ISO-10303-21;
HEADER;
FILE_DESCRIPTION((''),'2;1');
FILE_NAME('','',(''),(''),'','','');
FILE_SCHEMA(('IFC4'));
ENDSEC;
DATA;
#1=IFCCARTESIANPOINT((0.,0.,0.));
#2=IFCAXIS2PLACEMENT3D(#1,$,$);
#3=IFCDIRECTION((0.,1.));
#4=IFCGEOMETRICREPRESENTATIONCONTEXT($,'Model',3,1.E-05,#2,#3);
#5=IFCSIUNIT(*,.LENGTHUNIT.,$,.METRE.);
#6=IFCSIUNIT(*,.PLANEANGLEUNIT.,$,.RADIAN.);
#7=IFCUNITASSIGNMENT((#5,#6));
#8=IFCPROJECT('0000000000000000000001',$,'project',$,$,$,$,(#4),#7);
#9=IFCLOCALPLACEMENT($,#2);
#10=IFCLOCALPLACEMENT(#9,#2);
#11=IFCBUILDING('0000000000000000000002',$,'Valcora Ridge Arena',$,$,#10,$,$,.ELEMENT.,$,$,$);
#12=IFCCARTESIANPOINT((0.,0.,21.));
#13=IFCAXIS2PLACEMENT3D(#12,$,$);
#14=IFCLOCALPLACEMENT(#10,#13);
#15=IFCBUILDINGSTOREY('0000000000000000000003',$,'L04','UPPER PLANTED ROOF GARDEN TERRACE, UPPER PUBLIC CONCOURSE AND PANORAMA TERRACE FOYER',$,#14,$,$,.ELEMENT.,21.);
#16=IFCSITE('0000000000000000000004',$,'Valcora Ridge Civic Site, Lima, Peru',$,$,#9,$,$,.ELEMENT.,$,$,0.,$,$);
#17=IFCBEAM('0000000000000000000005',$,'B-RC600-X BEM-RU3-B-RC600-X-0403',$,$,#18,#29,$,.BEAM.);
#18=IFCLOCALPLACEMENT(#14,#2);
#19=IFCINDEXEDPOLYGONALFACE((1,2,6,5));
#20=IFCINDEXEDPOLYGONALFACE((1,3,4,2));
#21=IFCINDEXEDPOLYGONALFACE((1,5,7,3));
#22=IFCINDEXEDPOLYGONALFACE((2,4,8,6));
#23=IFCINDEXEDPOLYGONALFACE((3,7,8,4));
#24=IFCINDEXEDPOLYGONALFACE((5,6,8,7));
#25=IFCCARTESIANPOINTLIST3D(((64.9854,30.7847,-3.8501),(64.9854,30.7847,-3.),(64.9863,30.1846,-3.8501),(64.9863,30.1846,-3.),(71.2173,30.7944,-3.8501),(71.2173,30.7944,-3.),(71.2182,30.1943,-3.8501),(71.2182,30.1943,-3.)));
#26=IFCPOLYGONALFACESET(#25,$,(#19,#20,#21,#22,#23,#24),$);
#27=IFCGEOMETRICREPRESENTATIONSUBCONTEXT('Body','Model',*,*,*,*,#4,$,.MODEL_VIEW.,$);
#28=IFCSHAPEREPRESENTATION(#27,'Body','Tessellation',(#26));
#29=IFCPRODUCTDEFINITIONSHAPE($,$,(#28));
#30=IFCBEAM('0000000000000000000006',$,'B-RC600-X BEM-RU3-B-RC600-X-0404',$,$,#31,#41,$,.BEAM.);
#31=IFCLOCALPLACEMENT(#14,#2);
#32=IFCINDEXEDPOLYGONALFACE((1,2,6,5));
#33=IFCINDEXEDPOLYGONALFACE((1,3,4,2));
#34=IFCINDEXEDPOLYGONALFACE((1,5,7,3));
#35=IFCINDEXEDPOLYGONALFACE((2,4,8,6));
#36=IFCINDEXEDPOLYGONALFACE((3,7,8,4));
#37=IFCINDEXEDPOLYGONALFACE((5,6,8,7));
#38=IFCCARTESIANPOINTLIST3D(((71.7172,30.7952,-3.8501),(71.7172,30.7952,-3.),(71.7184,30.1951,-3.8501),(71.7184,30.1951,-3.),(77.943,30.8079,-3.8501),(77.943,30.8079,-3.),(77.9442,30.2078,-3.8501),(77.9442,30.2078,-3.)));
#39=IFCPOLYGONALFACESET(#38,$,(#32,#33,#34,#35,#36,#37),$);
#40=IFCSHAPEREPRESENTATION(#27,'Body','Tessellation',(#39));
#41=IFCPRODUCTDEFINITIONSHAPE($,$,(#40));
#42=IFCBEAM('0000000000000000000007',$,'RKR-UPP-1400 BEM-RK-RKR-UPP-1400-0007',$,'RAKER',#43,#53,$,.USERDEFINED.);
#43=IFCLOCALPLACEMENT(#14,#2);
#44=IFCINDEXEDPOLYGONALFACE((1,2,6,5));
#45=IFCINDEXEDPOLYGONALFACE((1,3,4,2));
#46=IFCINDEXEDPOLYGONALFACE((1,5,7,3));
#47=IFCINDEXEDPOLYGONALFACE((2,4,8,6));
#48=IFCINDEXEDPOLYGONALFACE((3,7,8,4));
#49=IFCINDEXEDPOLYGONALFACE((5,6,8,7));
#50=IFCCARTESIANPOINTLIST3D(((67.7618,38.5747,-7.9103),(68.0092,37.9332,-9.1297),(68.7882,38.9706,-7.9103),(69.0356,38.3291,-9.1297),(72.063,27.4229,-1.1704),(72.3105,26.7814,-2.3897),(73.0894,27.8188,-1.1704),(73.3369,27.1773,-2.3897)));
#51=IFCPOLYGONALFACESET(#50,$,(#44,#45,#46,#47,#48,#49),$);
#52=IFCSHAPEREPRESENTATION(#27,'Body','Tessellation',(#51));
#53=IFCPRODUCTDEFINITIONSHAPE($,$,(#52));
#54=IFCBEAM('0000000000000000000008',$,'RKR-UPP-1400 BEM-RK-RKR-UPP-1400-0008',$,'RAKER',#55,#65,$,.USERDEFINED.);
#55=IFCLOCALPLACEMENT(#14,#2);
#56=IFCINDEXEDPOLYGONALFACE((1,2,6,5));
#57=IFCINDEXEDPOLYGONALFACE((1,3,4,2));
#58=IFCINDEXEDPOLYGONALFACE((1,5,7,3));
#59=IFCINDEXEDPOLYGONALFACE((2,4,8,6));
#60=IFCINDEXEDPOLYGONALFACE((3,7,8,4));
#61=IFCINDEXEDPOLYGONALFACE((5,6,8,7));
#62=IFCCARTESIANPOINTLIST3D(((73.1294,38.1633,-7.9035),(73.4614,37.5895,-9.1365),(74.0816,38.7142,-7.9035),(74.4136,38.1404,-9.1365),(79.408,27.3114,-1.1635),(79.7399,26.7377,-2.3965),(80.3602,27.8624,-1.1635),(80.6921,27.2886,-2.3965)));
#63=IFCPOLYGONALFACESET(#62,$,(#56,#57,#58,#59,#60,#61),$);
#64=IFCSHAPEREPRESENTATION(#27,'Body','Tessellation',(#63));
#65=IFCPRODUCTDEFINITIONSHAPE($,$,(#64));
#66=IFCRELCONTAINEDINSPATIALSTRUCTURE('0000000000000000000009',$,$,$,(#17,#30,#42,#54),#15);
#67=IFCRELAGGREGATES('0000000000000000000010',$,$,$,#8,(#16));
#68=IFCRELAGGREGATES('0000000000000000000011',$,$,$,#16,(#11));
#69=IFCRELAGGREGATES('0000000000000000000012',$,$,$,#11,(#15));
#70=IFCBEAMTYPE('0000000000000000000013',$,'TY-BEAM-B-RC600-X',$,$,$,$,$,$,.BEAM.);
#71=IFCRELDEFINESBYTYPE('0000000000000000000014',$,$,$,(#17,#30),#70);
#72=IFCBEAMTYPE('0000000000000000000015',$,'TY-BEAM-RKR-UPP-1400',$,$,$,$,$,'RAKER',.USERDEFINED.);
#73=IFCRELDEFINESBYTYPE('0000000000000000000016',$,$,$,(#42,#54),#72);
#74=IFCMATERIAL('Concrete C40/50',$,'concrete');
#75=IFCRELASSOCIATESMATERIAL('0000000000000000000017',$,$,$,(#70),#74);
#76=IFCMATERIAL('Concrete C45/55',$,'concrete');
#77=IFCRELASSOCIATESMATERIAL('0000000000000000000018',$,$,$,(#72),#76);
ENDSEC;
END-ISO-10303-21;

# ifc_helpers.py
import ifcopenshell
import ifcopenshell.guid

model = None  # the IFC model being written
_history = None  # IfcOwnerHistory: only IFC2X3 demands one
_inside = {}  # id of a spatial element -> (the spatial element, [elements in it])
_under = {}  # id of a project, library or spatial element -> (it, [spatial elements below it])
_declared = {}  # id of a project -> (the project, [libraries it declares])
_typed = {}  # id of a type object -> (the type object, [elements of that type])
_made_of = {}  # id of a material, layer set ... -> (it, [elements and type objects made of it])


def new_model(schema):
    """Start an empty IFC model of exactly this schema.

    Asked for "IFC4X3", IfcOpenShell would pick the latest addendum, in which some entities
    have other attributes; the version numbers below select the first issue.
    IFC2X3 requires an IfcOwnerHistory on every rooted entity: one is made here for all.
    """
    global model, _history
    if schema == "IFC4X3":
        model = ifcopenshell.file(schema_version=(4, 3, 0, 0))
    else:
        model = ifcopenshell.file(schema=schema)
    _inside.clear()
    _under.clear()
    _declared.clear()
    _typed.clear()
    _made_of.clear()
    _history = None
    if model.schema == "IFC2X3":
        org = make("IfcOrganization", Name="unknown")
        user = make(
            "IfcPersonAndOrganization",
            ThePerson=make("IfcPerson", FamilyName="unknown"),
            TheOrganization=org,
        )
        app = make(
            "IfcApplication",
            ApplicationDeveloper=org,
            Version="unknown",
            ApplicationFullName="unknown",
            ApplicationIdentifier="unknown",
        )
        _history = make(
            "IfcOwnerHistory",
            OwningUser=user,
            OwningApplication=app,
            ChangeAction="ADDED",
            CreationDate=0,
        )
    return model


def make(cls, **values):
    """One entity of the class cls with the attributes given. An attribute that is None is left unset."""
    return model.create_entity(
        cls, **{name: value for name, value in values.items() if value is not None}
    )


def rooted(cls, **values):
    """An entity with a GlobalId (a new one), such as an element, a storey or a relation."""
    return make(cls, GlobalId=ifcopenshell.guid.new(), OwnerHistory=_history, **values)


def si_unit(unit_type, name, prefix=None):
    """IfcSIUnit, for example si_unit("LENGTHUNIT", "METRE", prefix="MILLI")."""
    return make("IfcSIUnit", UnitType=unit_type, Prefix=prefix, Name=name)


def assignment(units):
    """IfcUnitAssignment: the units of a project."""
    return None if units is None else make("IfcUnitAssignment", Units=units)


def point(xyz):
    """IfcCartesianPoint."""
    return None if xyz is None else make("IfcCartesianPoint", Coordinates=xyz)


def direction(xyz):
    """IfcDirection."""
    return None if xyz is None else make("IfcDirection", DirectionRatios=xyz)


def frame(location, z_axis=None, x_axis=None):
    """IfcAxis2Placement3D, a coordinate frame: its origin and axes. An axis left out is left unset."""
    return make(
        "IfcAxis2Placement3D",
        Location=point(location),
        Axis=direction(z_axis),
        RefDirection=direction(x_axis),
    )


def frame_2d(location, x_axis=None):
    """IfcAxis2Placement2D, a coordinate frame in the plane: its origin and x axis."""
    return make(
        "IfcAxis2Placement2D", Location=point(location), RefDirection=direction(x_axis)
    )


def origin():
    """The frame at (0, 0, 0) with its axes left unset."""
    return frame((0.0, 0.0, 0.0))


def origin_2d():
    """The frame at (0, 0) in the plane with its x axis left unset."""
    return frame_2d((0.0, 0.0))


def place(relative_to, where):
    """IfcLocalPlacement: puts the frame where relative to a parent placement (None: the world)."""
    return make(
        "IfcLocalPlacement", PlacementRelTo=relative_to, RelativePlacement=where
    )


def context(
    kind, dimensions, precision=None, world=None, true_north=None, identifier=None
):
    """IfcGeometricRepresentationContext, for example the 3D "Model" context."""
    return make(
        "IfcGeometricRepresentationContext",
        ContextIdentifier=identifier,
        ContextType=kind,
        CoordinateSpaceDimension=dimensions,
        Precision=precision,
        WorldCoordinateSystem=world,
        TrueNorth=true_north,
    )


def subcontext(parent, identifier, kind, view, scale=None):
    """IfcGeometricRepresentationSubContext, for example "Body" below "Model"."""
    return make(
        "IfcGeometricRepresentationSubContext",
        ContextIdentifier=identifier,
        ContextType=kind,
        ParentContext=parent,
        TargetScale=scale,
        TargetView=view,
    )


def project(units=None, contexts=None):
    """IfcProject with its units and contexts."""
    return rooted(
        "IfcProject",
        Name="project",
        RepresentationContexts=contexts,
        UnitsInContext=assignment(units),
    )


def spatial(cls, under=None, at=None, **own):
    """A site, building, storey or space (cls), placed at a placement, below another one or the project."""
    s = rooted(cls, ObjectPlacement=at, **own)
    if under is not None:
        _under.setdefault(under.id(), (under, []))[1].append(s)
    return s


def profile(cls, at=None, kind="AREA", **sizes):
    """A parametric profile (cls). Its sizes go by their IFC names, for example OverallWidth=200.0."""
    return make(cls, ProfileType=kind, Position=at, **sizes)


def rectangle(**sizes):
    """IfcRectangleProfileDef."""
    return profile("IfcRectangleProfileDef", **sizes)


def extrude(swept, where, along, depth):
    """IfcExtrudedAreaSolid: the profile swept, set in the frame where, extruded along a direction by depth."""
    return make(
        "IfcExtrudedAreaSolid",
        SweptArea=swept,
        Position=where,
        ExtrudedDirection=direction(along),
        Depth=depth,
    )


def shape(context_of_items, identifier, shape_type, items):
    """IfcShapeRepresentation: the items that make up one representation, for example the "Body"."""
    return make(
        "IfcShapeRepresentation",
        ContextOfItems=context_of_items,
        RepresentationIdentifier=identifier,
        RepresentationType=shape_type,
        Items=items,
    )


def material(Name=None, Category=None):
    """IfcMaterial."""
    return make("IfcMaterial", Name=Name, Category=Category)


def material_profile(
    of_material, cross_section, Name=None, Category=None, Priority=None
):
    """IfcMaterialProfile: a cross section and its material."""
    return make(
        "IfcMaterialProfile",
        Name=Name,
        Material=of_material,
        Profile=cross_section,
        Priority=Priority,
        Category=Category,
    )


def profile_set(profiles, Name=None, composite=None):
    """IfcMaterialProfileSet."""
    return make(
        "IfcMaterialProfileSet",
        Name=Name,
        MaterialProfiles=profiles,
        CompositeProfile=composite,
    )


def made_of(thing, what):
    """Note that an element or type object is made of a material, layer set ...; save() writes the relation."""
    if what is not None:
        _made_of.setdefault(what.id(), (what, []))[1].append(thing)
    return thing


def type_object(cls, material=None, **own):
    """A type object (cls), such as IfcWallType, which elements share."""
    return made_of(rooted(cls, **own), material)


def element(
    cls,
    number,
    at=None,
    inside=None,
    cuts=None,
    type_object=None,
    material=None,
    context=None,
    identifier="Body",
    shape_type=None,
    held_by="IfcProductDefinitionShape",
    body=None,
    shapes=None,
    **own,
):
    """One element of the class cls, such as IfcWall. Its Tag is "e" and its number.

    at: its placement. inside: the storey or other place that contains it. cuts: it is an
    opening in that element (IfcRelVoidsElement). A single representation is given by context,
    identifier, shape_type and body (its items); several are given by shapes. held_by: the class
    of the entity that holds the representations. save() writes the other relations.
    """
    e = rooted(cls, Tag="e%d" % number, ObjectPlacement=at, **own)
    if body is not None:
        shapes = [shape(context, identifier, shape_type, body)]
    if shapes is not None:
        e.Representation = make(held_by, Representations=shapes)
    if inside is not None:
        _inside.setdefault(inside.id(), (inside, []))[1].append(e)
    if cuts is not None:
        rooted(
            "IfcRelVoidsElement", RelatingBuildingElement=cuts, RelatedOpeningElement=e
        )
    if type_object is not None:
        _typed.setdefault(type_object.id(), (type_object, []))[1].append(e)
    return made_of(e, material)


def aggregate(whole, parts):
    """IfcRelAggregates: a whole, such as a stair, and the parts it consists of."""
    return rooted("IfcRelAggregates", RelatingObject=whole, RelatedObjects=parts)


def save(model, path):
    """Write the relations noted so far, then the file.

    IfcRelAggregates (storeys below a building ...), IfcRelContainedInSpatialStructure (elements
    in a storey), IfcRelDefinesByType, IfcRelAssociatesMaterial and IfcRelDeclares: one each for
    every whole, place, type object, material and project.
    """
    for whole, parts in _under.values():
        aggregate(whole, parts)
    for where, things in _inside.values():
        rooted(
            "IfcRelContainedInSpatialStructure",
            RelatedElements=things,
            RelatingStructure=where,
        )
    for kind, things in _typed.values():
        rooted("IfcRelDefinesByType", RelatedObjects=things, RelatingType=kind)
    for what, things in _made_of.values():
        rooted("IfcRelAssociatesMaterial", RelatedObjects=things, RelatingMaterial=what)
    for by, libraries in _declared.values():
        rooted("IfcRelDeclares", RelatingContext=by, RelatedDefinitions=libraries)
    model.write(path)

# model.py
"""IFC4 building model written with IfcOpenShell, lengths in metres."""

from ifc_helpers import new_model, si_unit, direction, frame, origin, origin_2d, place, context, subcontext, project, spatial, rectangle, extrude, material, material_profile, profile_set, type_object, element, save


model = new_model("IFC4")

# Units and contexts
model_context = context("Model", 3, precision=1e-05, world=origin(), true_north=direction((0.0, 1.0)))
body_context = subcontext(model_context, "Body", "Model", "MODEL_VIEW")
ifc_project = project(units=[si_unit("LENGTHUNIT", "METRE"), si_unit("PLANEANGLEUNIT", "RADIAN")], contexts=[model_context])

# Site, building, storey
site_placement = place(None, origin())
site = spatial("IfcSite", under=ifc_project, at=site_placement, Name="Valcora Ridge Civic Site, Lima, Peru", CompositionType="ELEMENT", RefElevation=0.0)
building_placement = place(site_placement, origin())
building = spatial("IfcBuilding", under=site, at=building_placement, Name="Valcora Ridge Arena", CompositionType="ELEMENT")
storey_placement = place(building_placement, frame((0.0, 0.0, 21.0)))
storey = spatial("IfcBuildingStorey", under=building, at=storey_placement, Name="L04", Description="UPPER PLANTED ROOF GARDEN TERRACE, UPPER PUBLIC CONCOURSE AND PANORAMA TERRACE FOYER", CompositionType="ELEMENT", Elevation=21.0)

# Beams
ifc_material_1 = material(Name="Concrete C40/50", Category="concrete")
ifc_material_profile_1 = material_profile(ifc_material_1, rectangle(XDim=0.6001, YDim=0.8501, at=origin_2d()), Name="RC 600x850")
ifc_profile_set_1 = profile_set([ifc_material_profile_1], Name="Concrete C40/50")
beam_type_1 = type_object("IfcBeamType", Name="TY-BEAM-B-RC600-X", PredefinedType="BEAM", material=ifc_profile_set_1)
beam_1_placement = place(storey_placement, frame((64.9858, 30.4846, -3.425), z_axis=(0.999999, 0.001567, 0.0), x_axis=(-0.001567, 0.999999, 0.0)))
element("IfcBeam", 1, at=beam_1_placement, inside=storey, type_object=beam_type_1, Name="B-RC600-X BEM-RU3-B-RC600-X-0403", PredefinedType="BEAM", context=body_context, shape_type="SweptSolid", body=[
    extrude(rectangle(XDim=0.6001, YDim=0.8501, at=origin_2d()), origin(), (0.0, 0.0, 1.0), 6.2319),
])
beam_2_placement = place(storey_placement, frame((71.7178, 30.4951, -3.425), z_axis=(0.999998, 0.002039, 0.0), x_axis=(-0.002039, 0.999998, 0.0)))
element("IfcBeam", 2, at=beam_2_placement, inside=storey, type_object=beam_type_1, Name="B-RC600-X BEM-RU3-B-RC600-X-0404", PredefinedType="BEAM", context=body_context, shape_type="SweptSolid", body=[
    extrude(rectangle(XDim=0.6001, YDim=0.8501, at=origin_2d()), origin(), (0.0, 0.0, 1.0), 6.2258),
])
ifc_material_2 = material(Name="Concrete C45/55", Category="concrete")
ifc_material_profile_2 = material_profile(ifc_material_2, rectangle(XDim=1.1001, YDim=1.3999, at=origin_2d()), Name="RC 1100x1400")
ifc_profile_set_2 = profile_set([ifc_material_profile_2], Name="Concrete C45/55")
beam_type_2 = type_object("IfcBeamType", Name="TY-BEAM-RKR-UPP-1400", ElementType="RAKER", PredefinedType="USERDEFINED", material=ifc_profile_set_2)
beam_3_placement = place(storey_placement, frame((68.3987, 38.4519, -8.52), z_axis=(0.313459, -0.812701, 0.491183), x_axis=(0.933006, 0.35986, 0.0)))
element("IfcBeam", 3, at=beam_3_placement, inside=storey, type_object=beam_type_2, Name="RKR-UPP-1400 BEM-RK-RKR-UPP-1400-0007", ObjectType="RAKER", PredefinedType="USERDEFINED", context=body_context, shape_type="SweptSolid", body=[
    extrude(rectangle(XDim=1.1001, YDim=1.3999, at=origin_2d()), origin(), (0.0, 0.0, 1.0), 13.7219),
])
beam_4_placement = place(storey_placement, frame((73.7715, 38.1519, -8.52), z_axis=(0.441093, -0.762381, 0.47351), x_axis=(0.865567, 0.500794, 0.0)))
element("IfcBeam", 4, at=beam_4_placement, inside=storey, type_object=beam_type_2, Name="RKR-UPP-1400 BEM-RK-RKR-UPP-1400-0008", ObjectType="RAKER", PredefinedType="USERDEFINED", context=body_context, shape_type="SweptSolid", body=[
    extrude(rectangle(XDim=1.1001, YDim=1.3999, at=origin_2d()), origin(), (0.0, 0.0, 1.0), 14.2341),
])

save(model, "model.ifc")
